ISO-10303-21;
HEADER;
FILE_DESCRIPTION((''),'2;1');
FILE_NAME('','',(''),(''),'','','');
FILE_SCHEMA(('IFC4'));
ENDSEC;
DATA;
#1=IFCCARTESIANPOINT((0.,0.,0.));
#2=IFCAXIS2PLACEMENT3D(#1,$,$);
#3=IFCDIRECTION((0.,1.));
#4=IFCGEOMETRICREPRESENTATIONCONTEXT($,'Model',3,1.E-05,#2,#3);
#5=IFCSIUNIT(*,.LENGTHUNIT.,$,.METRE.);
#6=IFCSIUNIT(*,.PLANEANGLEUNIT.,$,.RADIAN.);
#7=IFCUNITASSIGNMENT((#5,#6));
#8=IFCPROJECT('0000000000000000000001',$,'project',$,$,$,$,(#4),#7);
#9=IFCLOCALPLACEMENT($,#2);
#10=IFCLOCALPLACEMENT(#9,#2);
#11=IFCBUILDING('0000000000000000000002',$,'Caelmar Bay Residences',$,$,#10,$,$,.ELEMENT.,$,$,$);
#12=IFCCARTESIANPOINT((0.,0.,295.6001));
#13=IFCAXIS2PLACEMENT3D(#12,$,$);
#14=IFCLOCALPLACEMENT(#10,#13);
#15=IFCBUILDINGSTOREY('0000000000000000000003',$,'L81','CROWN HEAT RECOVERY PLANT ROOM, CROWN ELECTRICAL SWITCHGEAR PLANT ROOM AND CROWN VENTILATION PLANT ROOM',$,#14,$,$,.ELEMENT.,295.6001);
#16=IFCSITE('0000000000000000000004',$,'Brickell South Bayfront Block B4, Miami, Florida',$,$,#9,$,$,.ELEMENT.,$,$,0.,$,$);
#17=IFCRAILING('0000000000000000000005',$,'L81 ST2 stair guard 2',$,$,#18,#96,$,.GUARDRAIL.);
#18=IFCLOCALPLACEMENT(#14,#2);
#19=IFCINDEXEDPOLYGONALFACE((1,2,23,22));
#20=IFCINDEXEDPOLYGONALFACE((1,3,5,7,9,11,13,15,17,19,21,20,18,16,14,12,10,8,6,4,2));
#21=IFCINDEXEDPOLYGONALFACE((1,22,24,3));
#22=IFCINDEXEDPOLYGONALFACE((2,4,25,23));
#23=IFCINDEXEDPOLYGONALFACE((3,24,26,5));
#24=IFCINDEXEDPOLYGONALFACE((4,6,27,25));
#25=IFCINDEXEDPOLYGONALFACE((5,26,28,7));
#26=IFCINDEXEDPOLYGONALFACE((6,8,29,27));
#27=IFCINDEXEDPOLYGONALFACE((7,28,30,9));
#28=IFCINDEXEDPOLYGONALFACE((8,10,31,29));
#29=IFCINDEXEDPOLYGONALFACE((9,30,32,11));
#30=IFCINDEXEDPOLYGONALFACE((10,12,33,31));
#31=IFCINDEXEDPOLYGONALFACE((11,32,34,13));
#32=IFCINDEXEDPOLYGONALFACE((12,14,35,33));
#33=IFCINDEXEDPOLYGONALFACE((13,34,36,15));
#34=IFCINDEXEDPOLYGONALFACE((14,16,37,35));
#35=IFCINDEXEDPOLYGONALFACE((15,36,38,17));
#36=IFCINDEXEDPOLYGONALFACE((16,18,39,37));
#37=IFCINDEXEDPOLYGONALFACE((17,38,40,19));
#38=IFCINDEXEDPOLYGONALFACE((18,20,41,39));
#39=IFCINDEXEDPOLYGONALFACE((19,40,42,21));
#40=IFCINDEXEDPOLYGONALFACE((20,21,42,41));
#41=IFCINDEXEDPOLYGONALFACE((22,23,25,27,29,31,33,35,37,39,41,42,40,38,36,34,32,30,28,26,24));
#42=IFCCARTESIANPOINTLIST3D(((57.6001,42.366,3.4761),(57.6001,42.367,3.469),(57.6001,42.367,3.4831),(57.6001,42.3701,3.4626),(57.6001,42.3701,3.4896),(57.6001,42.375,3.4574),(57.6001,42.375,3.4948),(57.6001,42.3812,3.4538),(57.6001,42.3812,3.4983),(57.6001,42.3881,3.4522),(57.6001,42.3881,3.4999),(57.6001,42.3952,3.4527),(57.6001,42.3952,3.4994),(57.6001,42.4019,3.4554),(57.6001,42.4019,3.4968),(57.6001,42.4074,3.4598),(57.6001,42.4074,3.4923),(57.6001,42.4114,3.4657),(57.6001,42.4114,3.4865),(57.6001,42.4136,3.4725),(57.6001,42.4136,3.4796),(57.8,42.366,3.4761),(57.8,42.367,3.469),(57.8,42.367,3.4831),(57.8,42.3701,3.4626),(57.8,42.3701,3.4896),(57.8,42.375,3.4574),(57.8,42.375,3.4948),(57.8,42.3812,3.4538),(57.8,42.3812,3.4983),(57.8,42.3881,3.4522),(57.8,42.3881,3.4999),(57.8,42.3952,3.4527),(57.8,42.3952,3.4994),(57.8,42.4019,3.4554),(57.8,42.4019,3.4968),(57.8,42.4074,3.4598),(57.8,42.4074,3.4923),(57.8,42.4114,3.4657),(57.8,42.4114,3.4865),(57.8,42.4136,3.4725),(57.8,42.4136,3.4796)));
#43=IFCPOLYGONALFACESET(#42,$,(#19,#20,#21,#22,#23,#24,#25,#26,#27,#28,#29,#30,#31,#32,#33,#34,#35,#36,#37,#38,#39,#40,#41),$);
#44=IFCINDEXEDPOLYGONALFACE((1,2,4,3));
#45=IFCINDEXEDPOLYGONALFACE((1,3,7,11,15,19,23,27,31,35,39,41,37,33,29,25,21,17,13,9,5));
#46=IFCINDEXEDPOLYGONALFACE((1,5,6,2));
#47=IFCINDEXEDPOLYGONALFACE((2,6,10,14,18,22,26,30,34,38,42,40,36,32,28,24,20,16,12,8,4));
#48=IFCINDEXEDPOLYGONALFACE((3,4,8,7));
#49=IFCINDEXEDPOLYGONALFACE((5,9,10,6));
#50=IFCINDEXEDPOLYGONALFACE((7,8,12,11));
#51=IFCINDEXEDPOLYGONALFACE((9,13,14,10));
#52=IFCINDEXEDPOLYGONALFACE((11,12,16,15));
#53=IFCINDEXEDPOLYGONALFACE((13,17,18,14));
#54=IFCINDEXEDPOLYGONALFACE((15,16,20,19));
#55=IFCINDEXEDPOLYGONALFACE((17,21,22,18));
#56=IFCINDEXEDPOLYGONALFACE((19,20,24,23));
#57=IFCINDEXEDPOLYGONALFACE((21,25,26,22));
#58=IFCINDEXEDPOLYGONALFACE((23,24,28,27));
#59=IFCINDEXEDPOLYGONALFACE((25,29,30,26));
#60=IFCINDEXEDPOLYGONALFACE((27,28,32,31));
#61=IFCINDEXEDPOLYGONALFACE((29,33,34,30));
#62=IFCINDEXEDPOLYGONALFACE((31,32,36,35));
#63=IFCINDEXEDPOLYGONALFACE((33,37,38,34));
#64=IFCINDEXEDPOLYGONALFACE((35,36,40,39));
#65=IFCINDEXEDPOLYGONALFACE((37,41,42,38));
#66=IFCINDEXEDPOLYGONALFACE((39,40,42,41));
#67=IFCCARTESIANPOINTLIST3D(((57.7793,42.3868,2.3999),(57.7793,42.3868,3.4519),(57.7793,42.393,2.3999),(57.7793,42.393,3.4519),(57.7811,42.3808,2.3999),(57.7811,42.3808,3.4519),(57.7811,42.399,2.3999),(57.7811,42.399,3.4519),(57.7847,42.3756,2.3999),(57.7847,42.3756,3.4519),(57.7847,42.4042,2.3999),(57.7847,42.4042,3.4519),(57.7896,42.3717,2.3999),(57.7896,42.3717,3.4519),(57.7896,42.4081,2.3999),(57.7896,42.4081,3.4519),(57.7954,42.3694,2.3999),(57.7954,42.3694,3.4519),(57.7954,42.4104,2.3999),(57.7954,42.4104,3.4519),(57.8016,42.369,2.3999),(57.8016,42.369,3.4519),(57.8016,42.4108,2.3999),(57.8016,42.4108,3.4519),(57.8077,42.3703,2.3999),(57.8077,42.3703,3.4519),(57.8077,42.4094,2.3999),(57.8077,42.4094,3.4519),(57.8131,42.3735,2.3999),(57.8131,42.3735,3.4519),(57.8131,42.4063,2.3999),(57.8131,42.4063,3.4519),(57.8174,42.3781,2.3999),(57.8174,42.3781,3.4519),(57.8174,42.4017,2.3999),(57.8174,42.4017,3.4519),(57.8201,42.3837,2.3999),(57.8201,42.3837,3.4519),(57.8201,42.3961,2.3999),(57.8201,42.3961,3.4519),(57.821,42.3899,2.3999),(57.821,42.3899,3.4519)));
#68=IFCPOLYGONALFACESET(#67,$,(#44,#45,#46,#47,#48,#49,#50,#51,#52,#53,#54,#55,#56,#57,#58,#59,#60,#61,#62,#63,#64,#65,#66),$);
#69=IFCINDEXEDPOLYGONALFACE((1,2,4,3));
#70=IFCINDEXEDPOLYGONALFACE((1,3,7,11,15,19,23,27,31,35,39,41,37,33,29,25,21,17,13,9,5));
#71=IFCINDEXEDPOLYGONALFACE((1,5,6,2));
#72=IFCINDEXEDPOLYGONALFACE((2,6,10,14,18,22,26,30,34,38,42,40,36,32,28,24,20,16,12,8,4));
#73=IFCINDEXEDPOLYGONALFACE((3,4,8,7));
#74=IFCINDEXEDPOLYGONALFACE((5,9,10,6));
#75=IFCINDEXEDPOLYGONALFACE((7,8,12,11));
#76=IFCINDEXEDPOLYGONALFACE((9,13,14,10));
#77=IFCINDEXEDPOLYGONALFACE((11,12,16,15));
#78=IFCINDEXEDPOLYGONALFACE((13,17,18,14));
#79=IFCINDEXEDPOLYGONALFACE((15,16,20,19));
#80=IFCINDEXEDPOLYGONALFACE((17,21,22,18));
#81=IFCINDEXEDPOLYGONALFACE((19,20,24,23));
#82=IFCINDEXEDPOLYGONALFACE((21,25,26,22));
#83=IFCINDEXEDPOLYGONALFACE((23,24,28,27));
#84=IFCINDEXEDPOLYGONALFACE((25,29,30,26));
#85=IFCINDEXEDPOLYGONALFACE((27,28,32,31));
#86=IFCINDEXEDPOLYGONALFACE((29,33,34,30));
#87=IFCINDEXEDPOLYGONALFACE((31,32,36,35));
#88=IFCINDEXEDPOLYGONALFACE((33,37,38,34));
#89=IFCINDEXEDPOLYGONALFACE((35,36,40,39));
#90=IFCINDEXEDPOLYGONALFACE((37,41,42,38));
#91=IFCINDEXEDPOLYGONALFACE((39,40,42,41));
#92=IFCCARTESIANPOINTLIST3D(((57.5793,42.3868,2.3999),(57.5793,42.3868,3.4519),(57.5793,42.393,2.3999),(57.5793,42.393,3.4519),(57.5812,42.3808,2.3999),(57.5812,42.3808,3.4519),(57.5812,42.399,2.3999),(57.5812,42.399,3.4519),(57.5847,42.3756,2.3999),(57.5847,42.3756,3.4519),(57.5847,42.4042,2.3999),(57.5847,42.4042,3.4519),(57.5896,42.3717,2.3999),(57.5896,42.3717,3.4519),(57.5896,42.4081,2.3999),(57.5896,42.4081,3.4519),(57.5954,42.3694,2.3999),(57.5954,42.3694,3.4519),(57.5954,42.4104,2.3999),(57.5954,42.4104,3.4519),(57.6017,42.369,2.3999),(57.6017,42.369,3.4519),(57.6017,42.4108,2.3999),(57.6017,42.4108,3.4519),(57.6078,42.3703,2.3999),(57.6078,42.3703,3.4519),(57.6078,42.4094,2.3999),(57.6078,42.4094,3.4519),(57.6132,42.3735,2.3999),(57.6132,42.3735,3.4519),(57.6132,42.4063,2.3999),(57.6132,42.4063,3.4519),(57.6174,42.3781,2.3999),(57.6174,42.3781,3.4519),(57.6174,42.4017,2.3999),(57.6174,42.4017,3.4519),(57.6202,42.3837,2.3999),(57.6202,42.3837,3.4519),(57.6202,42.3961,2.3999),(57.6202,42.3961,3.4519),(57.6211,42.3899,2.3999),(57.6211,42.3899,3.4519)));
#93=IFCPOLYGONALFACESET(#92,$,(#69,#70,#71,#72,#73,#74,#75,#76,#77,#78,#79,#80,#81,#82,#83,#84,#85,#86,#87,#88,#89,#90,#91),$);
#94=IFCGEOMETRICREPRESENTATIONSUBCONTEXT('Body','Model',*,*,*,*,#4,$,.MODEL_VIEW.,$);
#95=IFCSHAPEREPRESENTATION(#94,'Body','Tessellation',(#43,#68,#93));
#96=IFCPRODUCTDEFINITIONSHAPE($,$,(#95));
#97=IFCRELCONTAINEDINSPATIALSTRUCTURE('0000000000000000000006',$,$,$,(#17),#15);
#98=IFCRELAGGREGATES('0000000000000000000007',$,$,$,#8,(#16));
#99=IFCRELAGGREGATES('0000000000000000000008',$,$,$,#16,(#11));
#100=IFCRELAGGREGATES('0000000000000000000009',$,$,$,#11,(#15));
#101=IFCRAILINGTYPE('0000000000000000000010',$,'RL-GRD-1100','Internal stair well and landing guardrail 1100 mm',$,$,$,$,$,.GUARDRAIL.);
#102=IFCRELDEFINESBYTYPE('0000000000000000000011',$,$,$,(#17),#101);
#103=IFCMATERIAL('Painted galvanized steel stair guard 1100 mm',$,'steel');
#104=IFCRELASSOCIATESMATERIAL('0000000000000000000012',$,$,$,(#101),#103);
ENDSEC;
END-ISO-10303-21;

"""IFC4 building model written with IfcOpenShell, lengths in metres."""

from ifc_helpers import new_model, si_unit, direction, frame, origin, origin_2d, place, context, subcontext, project, spatial, circle, extrude, material, type_object, element, save


model = new_model("IFC4")

# Units and contexts
model_context = context("Model", 3, precision=1e-05, world=origin(), true_north=direction((0.0, 1.0)))
body_context = subcontext(model_context, "Body", "Model", "MODEL_VIEW")
ifc_project = project(units=[si_unit("LENGTHUNIT", "METRE"), si_unit("PLANEANGLEUNIT", "RADIAN")], contexts=[model_context])

# Site, building, storey
site_placement = place(None, origin())
site = spatial("IfcSite", under=ifc_project, at=site_placement, Name="Brickell South Bayfront Block B4, Miami, Florida", CompositionType="ELEMENT", RefElevation=0.0)
building_placement = place(site_placement, origin())
building = spatial("IfcBuilding", under=site, at=building_placement, Name="Caelmar Bay Residences", CompositionType="ELEMENT")
storey_placement = place(building_placement, frame((0.0, 0.0, 295.6001)))
storey = spatial("IfcBuildingStorey", under=building, at=storey_placement, Name="L81", Description="CROWN HEAT RECOVERY PLANT ROOM, CROWN ELECTRICAL SWITCHGEAR PLANT ROOM AND CROWN VENTILATION PLANT ROOM", CompositionType="ELEMENT", Elevation=295.6001)

# Railing
ifc_material_1 = material(Name="Painted galvanized steel stair guard 1100 mm", Category="steel")
railing_type_1 = type_object("IfcRailingType", Name="RL-GRD-1100", Description="Internal stair well and landing guardrail 1100 mm", PredefinedType="GUARDRAIL", material=ifc_material_1)
railing_1_placement = place(storey_placement, frame((57.8, 42.3899, 2.3999)))
element("IfcRailing", 1, at=railing_1_placement, inside=storey, type_object=railing_type_1, Name="L81 ST2 stair guard 2", PredefinedType="GUARDRAIL", context=body_context, shape_type="SweptSolid", body=[
    extrude(circle(Radius=0.0239, at=origin_2d()), frame((0.0, 0.0, 1.0762), z_axis=(-1.0, 0.0, 0.0), x_axis=(0.0, -1.0, 0.0)), (0.0, 0.0, 1.0), 0.2),
    extrude(circle(Radius=0.021, at=origin_2d()), origin(), (0.0, 0.0, 1.0), 1.052),
    extrude(circle(Radius=0.021, at=origin_2d()), frame((-0.2, 0.0, 0.0)), (0.0, 0.0, 1.0), 1.052),
])

save(model, "model.ifc")
